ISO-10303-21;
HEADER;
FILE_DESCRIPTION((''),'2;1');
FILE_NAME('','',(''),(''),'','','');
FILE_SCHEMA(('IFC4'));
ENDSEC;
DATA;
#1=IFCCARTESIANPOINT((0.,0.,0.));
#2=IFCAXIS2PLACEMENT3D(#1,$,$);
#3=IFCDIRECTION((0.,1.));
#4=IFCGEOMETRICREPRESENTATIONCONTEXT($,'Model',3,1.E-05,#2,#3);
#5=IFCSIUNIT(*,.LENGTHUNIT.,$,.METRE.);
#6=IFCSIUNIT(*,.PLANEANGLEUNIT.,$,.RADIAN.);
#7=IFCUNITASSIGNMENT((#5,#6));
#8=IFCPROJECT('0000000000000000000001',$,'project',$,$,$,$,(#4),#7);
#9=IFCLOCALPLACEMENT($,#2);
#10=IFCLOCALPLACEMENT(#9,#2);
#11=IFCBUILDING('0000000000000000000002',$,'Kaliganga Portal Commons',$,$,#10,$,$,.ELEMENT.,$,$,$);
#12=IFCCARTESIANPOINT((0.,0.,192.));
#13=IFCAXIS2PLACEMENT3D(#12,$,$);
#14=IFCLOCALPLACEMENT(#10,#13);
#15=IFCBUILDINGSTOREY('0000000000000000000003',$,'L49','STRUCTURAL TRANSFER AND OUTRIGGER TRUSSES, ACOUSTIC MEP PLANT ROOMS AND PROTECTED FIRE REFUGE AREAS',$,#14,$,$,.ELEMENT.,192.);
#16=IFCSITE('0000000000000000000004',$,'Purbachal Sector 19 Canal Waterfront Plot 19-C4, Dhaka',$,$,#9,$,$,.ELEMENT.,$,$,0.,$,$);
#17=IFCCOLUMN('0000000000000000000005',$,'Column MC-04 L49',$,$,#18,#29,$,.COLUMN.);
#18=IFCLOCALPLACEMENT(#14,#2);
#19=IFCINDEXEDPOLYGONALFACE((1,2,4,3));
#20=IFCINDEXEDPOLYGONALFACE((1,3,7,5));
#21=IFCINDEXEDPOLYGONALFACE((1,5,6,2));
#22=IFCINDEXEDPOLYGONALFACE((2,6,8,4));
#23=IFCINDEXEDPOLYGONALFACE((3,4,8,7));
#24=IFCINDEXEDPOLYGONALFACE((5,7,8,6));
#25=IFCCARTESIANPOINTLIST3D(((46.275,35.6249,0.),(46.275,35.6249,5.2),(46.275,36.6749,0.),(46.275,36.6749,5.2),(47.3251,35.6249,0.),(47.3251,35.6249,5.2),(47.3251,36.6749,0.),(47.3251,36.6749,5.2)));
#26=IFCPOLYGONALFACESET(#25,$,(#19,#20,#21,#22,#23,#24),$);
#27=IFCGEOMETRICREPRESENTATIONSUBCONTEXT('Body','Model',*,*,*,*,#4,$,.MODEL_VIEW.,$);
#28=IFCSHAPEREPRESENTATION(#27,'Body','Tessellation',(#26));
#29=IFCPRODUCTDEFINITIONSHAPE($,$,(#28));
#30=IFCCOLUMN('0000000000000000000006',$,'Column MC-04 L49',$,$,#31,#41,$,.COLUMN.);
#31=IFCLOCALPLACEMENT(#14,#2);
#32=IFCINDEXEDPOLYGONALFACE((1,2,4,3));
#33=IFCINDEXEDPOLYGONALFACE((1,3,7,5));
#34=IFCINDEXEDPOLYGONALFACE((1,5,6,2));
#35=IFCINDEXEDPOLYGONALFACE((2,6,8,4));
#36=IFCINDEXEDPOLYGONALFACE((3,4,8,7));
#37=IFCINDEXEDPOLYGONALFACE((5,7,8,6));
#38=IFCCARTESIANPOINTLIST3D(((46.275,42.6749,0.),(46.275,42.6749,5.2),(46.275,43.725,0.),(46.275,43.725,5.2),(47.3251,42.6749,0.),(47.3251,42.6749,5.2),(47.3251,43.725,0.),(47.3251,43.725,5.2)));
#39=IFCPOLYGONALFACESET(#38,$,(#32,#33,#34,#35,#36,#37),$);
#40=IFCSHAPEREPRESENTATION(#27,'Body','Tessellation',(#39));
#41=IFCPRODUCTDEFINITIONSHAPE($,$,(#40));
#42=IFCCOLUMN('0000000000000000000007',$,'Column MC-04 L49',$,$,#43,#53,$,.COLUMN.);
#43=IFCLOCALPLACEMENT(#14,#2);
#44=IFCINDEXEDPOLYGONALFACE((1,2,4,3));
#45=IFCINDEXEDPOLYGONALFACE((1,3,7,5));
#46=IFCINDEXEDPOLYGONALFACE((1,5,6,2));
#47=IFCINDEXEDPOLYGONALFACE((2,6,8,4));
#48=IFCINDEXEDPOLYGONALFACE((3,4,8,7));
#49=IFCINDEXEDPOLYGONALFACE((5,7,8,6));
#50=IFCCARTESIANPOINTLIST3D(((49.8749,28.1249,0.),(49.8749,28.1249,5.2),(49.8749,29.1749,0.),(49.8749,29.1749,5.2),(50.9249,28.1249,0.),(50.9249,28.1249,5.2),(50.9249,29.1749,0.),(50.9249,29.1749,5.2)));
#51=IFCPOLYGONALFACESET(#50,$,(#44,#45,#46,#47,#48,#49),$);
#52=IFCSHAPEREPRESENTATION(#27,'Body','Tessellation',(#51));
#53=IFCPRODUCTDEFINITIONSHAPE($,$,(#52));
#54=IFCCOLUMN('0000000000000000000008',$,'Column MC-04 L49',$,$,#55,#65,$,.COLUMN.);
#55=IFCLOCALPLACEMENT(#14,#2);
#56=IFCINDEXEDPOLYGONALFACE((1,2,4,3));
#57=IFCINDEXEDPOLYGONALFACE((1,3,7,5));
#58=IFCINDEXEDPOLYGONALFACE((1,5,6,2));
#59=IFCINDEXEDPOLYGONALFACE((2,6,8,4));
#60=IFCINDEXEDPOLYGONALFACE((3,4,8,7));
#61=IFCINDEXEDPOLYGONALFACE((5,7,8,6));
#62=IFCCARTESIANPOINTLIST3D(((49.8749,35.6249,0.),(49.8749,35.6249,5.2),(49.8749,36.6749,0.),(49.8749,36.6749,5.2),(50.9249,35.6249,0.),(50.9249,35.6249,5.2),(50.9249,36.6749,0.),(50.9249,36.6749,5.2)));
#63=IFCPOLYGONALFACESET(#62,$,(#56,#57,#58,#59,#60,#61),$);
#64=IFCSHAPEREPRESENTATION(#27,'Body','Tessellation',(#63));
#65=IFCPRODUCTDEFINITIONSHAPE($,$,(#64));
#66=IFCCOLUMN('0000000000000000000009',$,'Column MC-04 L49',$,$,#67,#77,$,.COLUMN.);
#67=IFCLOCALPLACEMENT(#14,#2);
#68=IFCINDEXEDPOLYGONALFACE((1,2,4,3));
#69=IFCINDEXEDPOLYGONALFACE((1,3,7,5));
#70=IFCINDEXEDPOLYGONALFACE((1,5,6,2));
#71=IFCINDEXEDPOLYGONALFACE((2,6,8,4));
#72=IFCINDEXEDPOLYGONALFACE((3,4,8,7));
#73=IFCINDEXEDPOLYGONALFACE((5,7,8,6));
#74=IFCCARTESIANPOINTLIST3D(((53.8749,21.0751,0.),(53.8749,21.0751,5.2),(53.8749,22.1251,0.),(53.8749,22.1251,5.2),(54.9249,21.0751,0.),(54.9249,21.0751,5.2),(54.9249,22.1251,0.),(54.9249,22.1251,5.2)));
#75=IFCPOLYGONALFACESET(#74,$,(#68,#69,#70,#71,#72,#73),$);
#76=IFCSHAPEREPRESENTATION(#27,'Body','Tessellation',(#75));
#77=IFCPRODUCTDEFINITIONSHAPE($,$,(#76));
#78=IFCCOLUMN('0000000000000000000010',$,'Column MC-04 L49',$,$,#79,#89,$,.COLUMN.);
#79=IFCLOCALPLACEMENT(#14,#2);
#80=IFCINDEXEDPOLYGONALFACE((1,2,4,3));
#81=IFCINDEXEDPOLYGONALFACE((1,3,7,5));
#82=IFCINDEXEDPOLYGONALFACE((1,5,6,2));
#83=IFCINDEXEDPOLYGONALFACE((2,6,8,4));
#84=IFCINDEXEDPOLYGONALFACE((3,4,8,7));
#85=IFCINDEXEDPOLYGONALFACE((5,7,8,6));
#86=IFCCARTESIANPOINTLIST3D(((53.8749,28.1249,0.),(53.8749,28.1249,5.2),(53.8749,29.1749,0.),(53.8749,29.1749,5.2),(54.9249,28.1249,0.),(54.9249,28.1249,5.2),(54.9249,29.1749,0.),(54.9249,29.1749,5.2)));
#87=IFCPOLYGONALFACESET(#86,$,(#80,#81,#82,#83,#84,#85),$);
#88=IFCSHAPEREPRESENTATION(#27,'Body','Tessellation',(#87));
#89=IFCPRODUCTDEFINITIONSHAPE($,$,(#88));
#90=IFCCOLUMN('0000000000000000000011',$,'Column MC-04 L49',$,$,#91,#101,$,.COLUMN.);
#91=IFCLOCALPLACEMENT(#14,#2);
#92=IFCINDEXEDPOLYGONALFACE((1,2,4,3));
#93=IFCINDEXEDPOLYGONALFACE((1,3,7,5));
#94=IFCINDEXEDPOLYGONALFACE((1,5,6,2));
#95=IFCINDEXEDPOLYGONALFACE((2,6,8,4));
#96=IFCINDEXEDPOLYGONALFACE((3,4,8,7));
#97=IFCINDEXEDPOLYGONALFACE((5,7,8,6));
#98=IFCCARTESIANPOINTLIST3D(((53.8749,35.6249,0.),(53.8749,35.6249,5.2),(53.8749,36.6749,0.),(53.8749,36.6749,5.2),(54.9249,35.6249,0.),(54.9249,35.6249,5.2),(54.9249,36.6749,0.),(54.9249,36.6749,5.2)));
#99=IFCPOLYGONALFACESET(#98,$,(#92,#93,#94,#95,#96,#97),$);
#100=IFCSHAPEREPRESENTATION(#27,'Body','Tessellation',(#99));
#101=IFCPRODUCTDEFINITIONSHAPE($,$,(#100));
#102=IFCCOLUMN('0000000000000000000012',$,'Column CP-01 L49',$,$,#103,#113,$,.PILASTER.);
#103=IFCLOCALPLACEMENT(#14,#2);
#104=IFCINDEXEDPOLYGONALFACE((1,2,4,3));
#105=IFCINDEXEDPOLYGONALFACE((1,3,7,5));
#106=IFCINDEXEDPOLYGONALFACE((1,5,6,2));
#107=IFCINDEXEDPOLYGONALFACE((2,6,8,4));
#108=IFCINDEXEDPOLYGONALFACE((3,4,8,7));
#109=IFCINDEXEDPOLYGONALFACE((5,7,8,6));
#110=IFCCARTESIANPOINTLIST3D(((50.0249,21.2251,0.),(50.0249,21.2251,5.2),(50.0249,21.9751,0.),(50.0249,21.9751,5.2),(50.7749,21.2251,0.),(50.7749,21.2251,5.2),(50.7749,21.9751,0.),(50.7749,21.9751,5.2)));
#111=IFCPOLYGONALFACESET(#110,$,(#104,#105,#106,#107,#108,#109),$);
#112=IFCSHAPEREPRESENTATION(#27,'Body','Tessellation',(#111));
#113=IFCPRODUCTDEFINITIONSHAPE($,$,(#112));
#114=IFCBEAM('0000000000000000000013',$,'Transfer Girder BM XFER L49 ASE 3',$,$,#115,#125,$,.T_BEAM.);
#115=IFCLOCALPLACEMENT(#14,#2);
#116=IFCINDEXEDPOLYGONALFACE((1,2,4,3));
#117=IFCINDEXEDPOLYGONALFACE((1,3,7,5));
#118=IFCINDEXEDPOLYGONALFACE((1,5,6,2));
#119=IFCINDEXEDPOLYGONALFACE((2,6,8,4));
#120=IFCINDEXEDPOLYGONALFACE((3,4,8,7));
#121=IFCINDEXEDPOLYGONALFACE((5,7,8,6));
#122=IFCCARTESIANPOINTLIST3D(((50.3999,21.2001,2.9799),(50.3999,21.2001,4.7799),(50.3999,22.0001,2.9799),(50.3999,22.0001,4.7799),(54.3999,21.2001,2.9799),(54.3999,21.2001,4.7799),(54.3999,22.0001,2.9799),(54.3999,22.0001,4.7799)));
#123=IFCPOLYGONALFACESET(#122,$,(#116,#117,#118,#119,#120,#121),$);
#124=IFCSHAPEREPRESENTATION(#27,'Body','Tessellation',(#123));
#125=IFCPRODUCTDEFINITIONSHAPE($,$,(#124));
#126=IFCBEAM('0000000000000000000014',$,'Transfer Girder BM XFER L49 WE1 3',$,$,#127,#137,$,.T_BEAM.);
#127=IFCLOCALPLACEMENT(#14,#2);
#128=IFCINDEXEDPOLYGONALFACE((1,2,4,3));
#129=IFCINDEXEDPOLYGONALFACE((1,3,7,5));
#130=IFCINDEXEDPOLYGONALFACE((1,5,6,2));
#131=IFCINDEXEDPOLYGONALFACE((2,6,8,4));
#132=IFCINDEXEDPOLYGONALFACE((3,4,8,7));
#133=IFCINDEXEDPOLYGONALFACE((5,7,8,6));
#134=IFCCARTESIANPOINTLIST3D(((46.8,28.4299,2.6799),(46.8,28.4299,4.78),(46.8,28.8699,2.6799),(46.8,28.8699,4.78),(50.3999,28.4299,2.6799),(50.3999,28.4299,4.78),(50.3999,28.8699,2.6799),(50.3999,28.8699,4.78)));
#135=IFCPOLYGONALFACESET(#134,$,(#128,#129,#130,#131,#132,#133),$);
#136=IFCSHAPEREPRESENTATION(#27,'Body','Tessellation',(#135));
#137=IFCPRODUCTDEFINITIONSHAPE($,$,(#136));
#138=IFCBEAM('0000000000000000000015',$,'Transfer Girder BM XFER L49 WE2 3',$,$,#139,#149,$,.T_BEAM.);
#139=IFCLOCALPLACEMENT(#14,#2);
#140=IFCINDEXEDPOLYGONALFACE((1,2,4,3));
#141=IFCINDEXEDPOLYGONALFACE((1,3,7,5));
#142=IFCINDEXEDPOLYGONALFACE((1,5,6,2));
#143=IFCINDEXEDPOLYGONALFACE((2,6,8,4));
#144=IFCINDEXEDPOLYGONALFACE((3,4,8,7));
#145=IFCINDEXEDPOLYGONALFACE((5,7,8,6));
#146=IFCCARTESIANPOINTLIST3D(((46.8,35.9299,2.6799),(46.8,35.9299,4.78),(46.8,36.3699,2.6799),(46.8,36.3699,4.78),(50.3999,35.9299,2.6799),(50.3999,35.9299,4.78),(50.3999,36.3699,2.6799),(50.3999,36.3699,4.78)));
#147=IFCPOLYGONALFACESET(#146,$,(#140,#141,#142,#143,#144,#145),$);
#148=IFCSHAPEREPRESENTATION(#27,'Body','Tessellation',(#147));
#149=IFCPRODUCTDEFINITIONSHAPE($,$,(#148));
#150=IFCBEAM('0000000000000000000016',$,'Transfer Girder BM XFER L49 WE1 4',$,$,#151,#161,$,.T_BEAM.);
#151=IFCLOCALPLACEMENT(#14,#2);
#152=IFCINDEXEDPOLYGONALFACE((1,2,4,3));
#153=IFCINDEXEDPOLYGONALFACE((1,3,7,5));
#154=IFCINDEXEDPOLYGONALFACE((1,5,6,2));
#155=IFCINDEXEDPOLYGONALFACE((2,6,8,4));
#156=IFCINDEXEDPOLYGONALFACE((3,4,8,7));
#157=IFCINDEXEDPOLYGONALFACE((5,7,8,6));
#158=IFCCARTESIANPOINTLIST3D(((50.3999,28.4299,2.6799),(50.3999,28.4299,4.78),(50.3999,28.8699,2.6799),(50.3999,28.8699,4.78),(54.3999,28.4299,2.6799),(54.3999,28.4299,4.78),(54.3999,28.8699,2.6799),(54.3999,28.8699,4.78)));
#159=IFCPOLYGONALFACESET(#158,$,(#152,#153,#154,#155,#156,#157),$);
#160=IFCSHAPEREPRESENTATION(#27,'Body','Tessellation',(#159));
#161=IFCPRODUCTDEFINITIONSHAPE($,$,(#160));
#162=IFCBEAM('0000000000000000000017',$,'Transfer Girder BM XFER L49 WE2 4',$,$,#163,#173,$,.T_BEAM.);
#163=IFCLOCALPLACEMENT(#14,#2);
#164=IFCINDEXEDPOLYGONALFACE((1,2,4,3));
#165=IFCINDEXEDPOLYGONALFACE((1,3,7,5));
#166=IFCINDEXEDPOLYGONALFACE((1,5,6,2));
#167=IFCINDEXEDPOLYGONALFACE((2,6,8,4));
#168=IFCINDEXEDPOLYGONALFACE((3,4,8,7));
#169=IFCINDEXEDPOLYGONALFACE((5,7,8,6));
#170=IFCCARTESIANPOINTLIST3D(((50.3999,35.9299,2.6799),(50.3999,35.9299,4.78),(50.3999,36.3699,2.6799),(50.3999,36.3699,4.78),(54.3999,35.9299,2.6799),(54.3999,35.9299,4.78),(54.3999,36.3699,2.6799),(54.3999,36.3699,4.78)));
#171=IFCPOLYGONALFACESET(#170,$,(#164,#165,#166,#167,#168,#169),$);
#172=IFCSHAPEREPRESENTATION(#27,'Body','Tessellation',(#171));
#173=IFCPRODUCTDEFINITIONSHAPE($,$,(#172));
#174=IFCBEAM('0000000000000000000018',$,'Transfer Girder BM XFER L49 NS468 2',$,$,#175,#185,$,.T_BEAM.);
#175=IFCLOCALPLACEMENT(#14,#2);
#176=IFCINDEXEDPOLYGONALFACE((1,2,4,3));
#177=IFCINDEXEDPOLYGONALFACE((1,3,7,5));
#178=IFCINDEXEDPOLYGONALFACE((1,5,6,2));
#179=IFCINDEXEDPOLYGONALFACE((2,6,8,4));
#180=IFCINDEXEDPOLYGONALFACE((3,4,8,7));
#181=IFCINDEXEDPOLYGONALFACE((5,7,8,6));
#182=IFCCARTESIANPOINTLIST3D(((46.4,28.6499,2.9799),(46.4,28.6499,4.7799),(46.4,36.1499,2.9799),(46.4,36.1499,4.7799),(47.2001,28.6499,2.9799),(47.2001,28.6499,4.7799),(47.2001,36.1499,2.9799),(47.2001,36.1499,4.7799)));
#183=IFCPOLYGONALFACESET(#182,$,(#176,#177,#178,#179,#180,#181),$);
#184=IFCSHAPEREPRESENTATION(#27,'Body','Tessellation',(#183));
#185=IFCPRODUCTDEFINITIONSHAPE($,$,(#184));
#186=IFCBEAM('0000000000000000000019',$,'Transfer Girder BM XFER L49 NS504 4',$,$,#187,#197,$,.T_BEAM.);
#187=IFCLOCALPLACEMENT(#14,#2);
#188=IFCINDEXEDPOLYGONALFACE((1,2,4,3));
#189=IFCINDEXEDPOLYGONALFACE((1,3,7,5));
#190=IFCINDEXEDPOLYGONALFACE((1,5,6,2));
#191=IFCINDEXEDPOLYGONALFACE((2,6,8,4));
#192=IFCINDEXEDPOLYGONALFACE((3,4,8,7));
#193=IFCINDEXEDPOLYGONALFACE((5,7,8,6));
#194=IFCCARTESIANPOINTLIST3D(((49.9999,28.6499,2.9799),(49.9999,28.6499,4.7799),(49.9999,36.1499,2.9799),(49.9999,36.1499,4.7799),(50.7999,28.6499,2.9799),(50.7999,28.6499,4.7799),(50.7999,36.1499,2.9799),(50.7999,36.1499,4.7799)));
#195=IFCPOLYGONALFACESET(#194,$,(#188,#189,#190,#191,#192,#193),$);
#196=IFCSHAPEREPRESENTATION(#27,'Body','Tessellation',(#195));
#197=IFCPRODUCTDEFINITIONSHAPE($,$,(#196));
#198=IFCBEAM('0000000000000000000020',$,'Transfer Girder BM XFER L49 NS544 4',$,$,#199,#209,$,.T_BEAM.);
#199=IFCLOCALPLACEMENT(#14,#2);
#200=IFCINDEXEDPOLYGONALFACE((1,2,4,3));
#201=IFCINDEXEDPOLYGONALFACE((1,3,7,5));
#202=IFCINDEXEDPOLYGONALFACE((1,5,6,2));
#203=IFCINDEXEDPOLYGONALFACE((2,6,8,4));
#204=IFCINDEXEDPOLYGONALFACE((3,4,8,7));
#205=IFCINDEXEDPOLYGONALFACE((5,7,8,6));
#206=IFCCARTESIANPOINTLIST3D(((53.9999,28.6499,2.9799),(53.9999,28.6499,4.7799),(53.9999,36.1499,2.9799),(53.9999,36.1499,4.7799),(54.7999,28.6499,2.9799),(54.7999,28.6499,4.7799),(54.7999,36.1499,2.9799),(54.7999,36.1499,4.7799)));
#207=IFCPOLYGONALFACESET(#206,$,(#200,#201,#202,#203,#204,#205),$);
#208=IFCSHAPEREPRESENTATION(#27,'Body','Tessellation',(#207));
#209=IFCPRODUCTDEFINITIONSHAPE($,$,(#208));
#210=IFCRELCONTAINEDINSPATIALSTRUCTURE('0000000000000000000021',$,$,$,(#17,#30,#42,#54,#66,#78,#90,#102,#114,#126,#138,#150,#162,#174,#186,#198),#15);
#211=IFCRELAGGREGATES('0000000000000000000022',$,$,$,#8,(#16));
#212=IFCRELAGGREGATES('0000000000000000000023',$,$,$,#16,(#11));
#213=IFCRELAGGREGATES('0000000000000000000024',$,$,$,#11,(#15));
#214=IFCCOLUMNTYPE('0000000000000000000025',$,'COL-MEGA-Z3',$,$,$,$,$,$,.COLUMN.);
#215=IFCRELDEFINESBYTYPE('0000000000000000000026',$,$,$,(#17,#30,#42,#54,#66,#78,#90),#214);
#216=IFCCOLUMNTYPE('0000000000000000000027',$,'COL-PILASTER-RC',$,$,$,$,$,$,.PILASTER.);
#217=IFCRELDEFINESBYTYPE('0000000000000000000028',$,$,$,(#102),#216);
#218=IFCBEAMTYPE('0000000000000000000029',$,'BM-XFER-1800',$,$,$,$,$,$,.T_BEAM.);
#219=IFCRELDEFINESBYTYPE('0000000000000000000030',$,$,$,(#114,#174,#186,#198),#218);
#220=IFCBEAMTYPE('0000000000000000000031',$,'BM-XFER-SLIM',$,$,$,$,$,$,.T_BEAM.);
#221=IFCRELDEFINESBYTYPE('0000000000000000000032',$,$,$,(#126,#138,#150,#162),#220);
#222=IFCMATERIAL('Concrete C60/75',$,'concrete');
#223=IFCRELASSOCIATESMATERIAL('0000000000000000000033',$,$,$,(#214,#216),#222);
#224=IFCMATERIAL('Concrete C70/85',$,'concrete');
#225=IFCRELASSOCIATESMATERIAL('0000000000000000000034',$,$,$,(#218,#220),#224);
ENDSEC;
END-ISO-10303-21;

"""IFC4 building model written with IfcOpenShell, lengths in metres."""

from ifc_helpers import new_model, si_unit, direction, frame, origin, origin_2d, place, context, subcontext, project, spatial, rectangle, extrude, source, transform, mapped, material, material_profile, profile_set, type_object, element, save


model = new_model("IFC4")

# Units and contexts
model_context = context("Model", 3, precision=1e-05, world=origin(), true_north=direction((0.0, 1.0)))
body_context = subcontext(model_context, "Body", "Model", "MODEL_VIEW")
ifc_project = project(units=[si_unit("LENGTHUNIT", "METRE"), si_unit("PLANEANGLEUNIT", "RADIAN")], contexts=[model_context])

# Site, building, storey
site_placement = place(None, origin())
site = spatial("IfcSite", under=ifc_project, at=site_placement, Name="Purbachal Sector 19 Canal Waterfront Plot 19-C4, Dhaka", CompositionType="ELEMENT", RefElevation=0.0)
building_placement = place(site_placement, origin())
building = spatial("IfcBuilding", under=site, at=building_placement, Name="Kaliganga Portal Commons", CompositionType="ELEMENT")
storey_placement = place(building_placement, frame((0.0, 0.0, 192.0)))
storey = spatial("IfcBuildingStorey", under=building, at=storey_placement, Name="L49", Description="STRUCTURAL TRANSFER AND OUTRIGGER TRUSSES, ACOUSTIC MEP PLANT ROOMS AND PROTECTED FIRE REFUGE AREAS", CompositionType="ELEMENT", Elevation=192.0)

# Columns
ifc_material_1 = material(Name="Concrete C60/75", Category="concrete")
ifc_material_profile_1 = material_profile(ifc_material_1, rectangle(XDim=1.05, YDim=1.05, at=origin_2d()), Name="RC 1050x1050")
ifc_profile_set_1 = profile_set([ifc_material_profile_1], Name="Concrete C60/75")
column_type_1 = type_object("IfcColumnType", Name="COL-MEGA-Z3", PredefinedType="COLUMN", material=ifc_profile_set_1)
shared_shape_1 = source(origin(), body_context, "Body", "SweptSolid", [
    extrude(rectangle(XDim=1.05, YDim=1.05, at=origin_2d()), origin(), (0.0, 0.0, 1.0), 5.2),
])
for number, where, z_axis, x_axis, name in (
    (1, (46.8, 36.1499, 0.0), (0.0, 0.0, 1.0), (1.0, 0.0, 0.0), "Column MC-04 L49"),
    (2, (46.8, 43.2, 0.0), (0.0, 0.0, 1.0), (1.0, 0.0, 0.0), "Column MC-04 L49"),
    (3, (50.3999, 28.6499, 0.0), (0.0, 0.0, 1.0), (1.0, 0.0, 0.0), "Column MC-04 L49"),
    (4, (50.3999, 36.1499, 0.0), (0.0, 0.0, 1.0), (1.0, 0.0, 0.0), "Column MC-04 L49"),
    (5, (54.3999, 21.6001, 0.0), (0.0, 0.0, 1.0), (1.0, 0.0, 0.0), "Column MC-04 L49"),
    (6, (54.3999, 28.6499, 0.0), (0.0, 0.0, 1.0), (1.0, 0.0, 0.0), "Column MC-04 L49"),
    (7, (54.3999, 36.1499, 0.0), (0.0, 0.0, 1.0), (1.0, 0.0, 0.0), "Column MC-04 L49"),
):
    element("IfcColumn", number, at=place(storey_placement, frame(where, z_axis=z_axis, x_axis=x_axis)), inside=storey, type_object=column_type_1, Name=name, PredefinedType="COLUMN", context=body_context, shape_type="MappedRepresentation", body=[
        mapped(shared_shape_1, transform((0.0, 0.0, 0.0), x_axis=(1.0, 0.0, 0.0), y_axis=(0.0, 1.0, 0.0), z_axis=(0.0, 0.0, 1.0), scale=1.0)),
    ])
ifc_material_profile_2 = material_profile(ifc_material_1, rectangle(XDim=0.75, YDim=0.75, at=origin_2d()), Name="RC 750x750")
ifc_profile_set_2 = profile_set([ifc_material_profile_2], Name="Concrete C60/75")
column_type_2 = type_object("IfcColumnType", Name="COL-PILASTER-RC", PredefinedType="PILASTER", material=ifc_profile_set_2)
shared_shape_2 = source(origin(), body_context, "Body", "SweptSolid", [
    extrude(rectangle(XDim=0.75, YDim=0.75, at=origin_2d()), origin(), (0.0, 0.0, 1.0), 5.2),
])
column_placement = place(storey_placement, frame((50.3999, 21.6001, 0.0), z_axis=(0.0, 0.0, 1.0), x_axis=(1.0, 0.0, 0.0)))
element("IfcColumn", 8, at=column_placement, inside=storey, type_object=column_type_2, Name="Column CP-01 L49", PredefinedType="PILASTER", context=body_context, shape_type="MappedRepresentation", body=[
    mapped(shared_shape_2, transform((0.0, 0.0, 0.0), x_axis=(1.0, 0.0, 0.0), y_axis=(0.0, 1.0, 0.0), z_axis=(0.0, 0.0, 1.0), scale=1.0)),
])

# Beams
ifc_material_2 = material(Name="Concrete C70/85", Category="concrete")
ifc_material_profile_3 = material_profile(ifc_material_2, rectangle(XDim=0.8, YDim=1.8, at=origin_2d()), Name="RC 800x1800")
ifc_profile_set_3 = profile_set([ifc_material_profile_3], Name="Concrete C70/85")
beam_type_1 = type_object("IfcBeamType", Name="BM-XFER-1800", PredefinedType="T_BEAM", material=ifc_profile_set_3)
shared_shape_3 = source(origin(), body_context, "Body", "SweptSolid", [
    extrude(rectangle(XDim=0.8, YDim=1.8, at=origin_2d()), origin(), (0.0, 0.0, 1.0), 4.0),
])
beam_1_placement = place(storey_placement, frame((50.3999, 21.6001, 3.8799), z_axis=(1.0, 0.0, 0.0), x_axis=(0.0, 1.0, 0.0)))
element("IfcBeam", 9, at=beam_1_placement, inside=storey, type_object=beam_type_1, Name="Transfer Girder BM XFER L49 ASE 3", PredefinedType="T_BEAM", context=body_context, shape_type="MappedRepresentation", body=[
    mapped(shared_shape_3, transform((0.0, 0.0, 0.0), x_axis=(1.0, 0.0, 0.0), y_axis=(0.0, 1.0, 0.0), z_axis=(0.0, 0.0, 1.0), scale=1.0)),
])
ifc_material_profile_4 = material_profile(ifc_material_2, rectangle(XDim=0.4399, YDim=2.1001, at=origin_2d()), Name="RC 440x2100")
ifc_profile_set_4 = profile_set([ifc_material_profile_4], Name="Concrete C70/85")
beam_type_2 = type_object("IfcBeamType", Name="BM-XFER-SLIM", PredefinedType="T_BEAM", material=ifc_profile_set_4)
shared_shape_4 = source(origin(), body_context, "Body", "SweptSolid", [
    extrude(rectangle(XDim=0.4399, YDim=2.1001, at=origin_2d()), origin(), (0.0, 0.0, 1.0), 3.5999),
])
for number, where, z_axis, x_axis, name in (
    (10, (46.8, 28.6499, 3.73), (1.0, 0.0, 0.0), (0.0, 1.0, 0.0), "Transfer Girder BM XFER L49 WE1 3"),
    (11, (46.8, 36.1499, 3.73), (1.0, 0.0, 0.0), (0.0, 1.0, 0.0), "Transfer Girder BM XFER L49 WE2 3"),
):
    element("IfcBeam", number, at=place(storey_placement, frame(where, z_axis=z_axis, x_axis=x_axis)), inside=storey, type_object=beam_type_2, Name=name, PredefinedType="T_BEAM", context=body_context, shape_type="MappedRepresentation", body=[
        mapped(shared_shape_4, transform((0.0, 0.0, 0.0), x_axis=(1.0, 0.0, 0.0), y_axis=(0.0, 1.0, 0.0), z_axis=(0.0, 0.0, 1.0), scale=1.0)),
    ])
shared_shape_5 = source(origin(), body_context, "Body", "SweptSolid", [
    extrude(rectangle(XDim=0.4399, YDim=2.1001, at=origin_2d()), origin(), (0.0, 0.0, 1.0), 4.0),
])
for number, where, z_axis, x_axis, name in (
    (12, (50.3999, 28.6499, 3.73), (1.0, 0.0, 0.0), (0.0, 1.0, 0.0), "Transfer Girder BM XFER L49 WE1 4"),
    (13, (50.3999, 36.1499, 3.73), (1.0, 0.0, 0.0), (0.0, 1.0, 0.0), "Transfer Girder BM XFER L49 WE2 4"),
):
    element("IfcBeam", number, at=place(storey_placement, frame(where, z_axis=z_axis, x_axis=x_axis)), inside=storey, type_object=beam_type_2, Name=name, PredefinedType="T_BEAM", context=body_context, shape_type="MappedRepresentation", body=[
        mapped(shared_shape_5, transform((0.0, 0.0, 0.0), x_axis=(1.0, 0.0, 0.0), y_axis=(0.0, 1.0, 0.0), z_axis=(0.0, 0.0, 1.0), scale=1.0)),
    ])
shared_shape_6 = source(origin(), body_context, "Body", "SweptSolid", [
    extrude(rectangle(XDim=0.8, YDim=1.8, at=origin_2d()), origin(), (0.0, 0.0, 1.0), 7.5),
])
for number, where, z_axis, x_axis, name in (
    (14, (46.8, 28.6499, 3.8799), (0.0, 1.0, 0.0), (-1.0, 0.0, 0.0), "Transfer Girder BM XFER L49 NS468 2"),
    (15, (50.3999, 28.6499, 3.8799), (0.0, 1.0, 0.0), (-1.0, 0.0, 0.0), "Transfer Girder BM XFER L49 NS504 4"),
    (16, (54.3999, 28.6499, 3.8799), (0.0, 1.0, 0.0), (-1.0, 0.0, 0.0), "Transfer Girder BM XFER L49 NS544 4"),
):
    element("IfcBeam", number, at=place(storey_placement, frame(where, z_axis=z_axis, x_axis=x_axis)), inside=storey, type_object=beam_type_1, Name=name, PredefinedType="T_BEAM", context=body_context, shape_type="MappedRepresentation", body=[
        mapped(shared_shape_6, transform((0.0, 0.0, 0.0), x_axis=(1.0, 0.0, 0.0), y_axis=(0.0, 1.0, 0.0), z_axis=(0.0, 0.0, 1.0), scale=1.0)),
    ])

save(model, "model.ifc")
